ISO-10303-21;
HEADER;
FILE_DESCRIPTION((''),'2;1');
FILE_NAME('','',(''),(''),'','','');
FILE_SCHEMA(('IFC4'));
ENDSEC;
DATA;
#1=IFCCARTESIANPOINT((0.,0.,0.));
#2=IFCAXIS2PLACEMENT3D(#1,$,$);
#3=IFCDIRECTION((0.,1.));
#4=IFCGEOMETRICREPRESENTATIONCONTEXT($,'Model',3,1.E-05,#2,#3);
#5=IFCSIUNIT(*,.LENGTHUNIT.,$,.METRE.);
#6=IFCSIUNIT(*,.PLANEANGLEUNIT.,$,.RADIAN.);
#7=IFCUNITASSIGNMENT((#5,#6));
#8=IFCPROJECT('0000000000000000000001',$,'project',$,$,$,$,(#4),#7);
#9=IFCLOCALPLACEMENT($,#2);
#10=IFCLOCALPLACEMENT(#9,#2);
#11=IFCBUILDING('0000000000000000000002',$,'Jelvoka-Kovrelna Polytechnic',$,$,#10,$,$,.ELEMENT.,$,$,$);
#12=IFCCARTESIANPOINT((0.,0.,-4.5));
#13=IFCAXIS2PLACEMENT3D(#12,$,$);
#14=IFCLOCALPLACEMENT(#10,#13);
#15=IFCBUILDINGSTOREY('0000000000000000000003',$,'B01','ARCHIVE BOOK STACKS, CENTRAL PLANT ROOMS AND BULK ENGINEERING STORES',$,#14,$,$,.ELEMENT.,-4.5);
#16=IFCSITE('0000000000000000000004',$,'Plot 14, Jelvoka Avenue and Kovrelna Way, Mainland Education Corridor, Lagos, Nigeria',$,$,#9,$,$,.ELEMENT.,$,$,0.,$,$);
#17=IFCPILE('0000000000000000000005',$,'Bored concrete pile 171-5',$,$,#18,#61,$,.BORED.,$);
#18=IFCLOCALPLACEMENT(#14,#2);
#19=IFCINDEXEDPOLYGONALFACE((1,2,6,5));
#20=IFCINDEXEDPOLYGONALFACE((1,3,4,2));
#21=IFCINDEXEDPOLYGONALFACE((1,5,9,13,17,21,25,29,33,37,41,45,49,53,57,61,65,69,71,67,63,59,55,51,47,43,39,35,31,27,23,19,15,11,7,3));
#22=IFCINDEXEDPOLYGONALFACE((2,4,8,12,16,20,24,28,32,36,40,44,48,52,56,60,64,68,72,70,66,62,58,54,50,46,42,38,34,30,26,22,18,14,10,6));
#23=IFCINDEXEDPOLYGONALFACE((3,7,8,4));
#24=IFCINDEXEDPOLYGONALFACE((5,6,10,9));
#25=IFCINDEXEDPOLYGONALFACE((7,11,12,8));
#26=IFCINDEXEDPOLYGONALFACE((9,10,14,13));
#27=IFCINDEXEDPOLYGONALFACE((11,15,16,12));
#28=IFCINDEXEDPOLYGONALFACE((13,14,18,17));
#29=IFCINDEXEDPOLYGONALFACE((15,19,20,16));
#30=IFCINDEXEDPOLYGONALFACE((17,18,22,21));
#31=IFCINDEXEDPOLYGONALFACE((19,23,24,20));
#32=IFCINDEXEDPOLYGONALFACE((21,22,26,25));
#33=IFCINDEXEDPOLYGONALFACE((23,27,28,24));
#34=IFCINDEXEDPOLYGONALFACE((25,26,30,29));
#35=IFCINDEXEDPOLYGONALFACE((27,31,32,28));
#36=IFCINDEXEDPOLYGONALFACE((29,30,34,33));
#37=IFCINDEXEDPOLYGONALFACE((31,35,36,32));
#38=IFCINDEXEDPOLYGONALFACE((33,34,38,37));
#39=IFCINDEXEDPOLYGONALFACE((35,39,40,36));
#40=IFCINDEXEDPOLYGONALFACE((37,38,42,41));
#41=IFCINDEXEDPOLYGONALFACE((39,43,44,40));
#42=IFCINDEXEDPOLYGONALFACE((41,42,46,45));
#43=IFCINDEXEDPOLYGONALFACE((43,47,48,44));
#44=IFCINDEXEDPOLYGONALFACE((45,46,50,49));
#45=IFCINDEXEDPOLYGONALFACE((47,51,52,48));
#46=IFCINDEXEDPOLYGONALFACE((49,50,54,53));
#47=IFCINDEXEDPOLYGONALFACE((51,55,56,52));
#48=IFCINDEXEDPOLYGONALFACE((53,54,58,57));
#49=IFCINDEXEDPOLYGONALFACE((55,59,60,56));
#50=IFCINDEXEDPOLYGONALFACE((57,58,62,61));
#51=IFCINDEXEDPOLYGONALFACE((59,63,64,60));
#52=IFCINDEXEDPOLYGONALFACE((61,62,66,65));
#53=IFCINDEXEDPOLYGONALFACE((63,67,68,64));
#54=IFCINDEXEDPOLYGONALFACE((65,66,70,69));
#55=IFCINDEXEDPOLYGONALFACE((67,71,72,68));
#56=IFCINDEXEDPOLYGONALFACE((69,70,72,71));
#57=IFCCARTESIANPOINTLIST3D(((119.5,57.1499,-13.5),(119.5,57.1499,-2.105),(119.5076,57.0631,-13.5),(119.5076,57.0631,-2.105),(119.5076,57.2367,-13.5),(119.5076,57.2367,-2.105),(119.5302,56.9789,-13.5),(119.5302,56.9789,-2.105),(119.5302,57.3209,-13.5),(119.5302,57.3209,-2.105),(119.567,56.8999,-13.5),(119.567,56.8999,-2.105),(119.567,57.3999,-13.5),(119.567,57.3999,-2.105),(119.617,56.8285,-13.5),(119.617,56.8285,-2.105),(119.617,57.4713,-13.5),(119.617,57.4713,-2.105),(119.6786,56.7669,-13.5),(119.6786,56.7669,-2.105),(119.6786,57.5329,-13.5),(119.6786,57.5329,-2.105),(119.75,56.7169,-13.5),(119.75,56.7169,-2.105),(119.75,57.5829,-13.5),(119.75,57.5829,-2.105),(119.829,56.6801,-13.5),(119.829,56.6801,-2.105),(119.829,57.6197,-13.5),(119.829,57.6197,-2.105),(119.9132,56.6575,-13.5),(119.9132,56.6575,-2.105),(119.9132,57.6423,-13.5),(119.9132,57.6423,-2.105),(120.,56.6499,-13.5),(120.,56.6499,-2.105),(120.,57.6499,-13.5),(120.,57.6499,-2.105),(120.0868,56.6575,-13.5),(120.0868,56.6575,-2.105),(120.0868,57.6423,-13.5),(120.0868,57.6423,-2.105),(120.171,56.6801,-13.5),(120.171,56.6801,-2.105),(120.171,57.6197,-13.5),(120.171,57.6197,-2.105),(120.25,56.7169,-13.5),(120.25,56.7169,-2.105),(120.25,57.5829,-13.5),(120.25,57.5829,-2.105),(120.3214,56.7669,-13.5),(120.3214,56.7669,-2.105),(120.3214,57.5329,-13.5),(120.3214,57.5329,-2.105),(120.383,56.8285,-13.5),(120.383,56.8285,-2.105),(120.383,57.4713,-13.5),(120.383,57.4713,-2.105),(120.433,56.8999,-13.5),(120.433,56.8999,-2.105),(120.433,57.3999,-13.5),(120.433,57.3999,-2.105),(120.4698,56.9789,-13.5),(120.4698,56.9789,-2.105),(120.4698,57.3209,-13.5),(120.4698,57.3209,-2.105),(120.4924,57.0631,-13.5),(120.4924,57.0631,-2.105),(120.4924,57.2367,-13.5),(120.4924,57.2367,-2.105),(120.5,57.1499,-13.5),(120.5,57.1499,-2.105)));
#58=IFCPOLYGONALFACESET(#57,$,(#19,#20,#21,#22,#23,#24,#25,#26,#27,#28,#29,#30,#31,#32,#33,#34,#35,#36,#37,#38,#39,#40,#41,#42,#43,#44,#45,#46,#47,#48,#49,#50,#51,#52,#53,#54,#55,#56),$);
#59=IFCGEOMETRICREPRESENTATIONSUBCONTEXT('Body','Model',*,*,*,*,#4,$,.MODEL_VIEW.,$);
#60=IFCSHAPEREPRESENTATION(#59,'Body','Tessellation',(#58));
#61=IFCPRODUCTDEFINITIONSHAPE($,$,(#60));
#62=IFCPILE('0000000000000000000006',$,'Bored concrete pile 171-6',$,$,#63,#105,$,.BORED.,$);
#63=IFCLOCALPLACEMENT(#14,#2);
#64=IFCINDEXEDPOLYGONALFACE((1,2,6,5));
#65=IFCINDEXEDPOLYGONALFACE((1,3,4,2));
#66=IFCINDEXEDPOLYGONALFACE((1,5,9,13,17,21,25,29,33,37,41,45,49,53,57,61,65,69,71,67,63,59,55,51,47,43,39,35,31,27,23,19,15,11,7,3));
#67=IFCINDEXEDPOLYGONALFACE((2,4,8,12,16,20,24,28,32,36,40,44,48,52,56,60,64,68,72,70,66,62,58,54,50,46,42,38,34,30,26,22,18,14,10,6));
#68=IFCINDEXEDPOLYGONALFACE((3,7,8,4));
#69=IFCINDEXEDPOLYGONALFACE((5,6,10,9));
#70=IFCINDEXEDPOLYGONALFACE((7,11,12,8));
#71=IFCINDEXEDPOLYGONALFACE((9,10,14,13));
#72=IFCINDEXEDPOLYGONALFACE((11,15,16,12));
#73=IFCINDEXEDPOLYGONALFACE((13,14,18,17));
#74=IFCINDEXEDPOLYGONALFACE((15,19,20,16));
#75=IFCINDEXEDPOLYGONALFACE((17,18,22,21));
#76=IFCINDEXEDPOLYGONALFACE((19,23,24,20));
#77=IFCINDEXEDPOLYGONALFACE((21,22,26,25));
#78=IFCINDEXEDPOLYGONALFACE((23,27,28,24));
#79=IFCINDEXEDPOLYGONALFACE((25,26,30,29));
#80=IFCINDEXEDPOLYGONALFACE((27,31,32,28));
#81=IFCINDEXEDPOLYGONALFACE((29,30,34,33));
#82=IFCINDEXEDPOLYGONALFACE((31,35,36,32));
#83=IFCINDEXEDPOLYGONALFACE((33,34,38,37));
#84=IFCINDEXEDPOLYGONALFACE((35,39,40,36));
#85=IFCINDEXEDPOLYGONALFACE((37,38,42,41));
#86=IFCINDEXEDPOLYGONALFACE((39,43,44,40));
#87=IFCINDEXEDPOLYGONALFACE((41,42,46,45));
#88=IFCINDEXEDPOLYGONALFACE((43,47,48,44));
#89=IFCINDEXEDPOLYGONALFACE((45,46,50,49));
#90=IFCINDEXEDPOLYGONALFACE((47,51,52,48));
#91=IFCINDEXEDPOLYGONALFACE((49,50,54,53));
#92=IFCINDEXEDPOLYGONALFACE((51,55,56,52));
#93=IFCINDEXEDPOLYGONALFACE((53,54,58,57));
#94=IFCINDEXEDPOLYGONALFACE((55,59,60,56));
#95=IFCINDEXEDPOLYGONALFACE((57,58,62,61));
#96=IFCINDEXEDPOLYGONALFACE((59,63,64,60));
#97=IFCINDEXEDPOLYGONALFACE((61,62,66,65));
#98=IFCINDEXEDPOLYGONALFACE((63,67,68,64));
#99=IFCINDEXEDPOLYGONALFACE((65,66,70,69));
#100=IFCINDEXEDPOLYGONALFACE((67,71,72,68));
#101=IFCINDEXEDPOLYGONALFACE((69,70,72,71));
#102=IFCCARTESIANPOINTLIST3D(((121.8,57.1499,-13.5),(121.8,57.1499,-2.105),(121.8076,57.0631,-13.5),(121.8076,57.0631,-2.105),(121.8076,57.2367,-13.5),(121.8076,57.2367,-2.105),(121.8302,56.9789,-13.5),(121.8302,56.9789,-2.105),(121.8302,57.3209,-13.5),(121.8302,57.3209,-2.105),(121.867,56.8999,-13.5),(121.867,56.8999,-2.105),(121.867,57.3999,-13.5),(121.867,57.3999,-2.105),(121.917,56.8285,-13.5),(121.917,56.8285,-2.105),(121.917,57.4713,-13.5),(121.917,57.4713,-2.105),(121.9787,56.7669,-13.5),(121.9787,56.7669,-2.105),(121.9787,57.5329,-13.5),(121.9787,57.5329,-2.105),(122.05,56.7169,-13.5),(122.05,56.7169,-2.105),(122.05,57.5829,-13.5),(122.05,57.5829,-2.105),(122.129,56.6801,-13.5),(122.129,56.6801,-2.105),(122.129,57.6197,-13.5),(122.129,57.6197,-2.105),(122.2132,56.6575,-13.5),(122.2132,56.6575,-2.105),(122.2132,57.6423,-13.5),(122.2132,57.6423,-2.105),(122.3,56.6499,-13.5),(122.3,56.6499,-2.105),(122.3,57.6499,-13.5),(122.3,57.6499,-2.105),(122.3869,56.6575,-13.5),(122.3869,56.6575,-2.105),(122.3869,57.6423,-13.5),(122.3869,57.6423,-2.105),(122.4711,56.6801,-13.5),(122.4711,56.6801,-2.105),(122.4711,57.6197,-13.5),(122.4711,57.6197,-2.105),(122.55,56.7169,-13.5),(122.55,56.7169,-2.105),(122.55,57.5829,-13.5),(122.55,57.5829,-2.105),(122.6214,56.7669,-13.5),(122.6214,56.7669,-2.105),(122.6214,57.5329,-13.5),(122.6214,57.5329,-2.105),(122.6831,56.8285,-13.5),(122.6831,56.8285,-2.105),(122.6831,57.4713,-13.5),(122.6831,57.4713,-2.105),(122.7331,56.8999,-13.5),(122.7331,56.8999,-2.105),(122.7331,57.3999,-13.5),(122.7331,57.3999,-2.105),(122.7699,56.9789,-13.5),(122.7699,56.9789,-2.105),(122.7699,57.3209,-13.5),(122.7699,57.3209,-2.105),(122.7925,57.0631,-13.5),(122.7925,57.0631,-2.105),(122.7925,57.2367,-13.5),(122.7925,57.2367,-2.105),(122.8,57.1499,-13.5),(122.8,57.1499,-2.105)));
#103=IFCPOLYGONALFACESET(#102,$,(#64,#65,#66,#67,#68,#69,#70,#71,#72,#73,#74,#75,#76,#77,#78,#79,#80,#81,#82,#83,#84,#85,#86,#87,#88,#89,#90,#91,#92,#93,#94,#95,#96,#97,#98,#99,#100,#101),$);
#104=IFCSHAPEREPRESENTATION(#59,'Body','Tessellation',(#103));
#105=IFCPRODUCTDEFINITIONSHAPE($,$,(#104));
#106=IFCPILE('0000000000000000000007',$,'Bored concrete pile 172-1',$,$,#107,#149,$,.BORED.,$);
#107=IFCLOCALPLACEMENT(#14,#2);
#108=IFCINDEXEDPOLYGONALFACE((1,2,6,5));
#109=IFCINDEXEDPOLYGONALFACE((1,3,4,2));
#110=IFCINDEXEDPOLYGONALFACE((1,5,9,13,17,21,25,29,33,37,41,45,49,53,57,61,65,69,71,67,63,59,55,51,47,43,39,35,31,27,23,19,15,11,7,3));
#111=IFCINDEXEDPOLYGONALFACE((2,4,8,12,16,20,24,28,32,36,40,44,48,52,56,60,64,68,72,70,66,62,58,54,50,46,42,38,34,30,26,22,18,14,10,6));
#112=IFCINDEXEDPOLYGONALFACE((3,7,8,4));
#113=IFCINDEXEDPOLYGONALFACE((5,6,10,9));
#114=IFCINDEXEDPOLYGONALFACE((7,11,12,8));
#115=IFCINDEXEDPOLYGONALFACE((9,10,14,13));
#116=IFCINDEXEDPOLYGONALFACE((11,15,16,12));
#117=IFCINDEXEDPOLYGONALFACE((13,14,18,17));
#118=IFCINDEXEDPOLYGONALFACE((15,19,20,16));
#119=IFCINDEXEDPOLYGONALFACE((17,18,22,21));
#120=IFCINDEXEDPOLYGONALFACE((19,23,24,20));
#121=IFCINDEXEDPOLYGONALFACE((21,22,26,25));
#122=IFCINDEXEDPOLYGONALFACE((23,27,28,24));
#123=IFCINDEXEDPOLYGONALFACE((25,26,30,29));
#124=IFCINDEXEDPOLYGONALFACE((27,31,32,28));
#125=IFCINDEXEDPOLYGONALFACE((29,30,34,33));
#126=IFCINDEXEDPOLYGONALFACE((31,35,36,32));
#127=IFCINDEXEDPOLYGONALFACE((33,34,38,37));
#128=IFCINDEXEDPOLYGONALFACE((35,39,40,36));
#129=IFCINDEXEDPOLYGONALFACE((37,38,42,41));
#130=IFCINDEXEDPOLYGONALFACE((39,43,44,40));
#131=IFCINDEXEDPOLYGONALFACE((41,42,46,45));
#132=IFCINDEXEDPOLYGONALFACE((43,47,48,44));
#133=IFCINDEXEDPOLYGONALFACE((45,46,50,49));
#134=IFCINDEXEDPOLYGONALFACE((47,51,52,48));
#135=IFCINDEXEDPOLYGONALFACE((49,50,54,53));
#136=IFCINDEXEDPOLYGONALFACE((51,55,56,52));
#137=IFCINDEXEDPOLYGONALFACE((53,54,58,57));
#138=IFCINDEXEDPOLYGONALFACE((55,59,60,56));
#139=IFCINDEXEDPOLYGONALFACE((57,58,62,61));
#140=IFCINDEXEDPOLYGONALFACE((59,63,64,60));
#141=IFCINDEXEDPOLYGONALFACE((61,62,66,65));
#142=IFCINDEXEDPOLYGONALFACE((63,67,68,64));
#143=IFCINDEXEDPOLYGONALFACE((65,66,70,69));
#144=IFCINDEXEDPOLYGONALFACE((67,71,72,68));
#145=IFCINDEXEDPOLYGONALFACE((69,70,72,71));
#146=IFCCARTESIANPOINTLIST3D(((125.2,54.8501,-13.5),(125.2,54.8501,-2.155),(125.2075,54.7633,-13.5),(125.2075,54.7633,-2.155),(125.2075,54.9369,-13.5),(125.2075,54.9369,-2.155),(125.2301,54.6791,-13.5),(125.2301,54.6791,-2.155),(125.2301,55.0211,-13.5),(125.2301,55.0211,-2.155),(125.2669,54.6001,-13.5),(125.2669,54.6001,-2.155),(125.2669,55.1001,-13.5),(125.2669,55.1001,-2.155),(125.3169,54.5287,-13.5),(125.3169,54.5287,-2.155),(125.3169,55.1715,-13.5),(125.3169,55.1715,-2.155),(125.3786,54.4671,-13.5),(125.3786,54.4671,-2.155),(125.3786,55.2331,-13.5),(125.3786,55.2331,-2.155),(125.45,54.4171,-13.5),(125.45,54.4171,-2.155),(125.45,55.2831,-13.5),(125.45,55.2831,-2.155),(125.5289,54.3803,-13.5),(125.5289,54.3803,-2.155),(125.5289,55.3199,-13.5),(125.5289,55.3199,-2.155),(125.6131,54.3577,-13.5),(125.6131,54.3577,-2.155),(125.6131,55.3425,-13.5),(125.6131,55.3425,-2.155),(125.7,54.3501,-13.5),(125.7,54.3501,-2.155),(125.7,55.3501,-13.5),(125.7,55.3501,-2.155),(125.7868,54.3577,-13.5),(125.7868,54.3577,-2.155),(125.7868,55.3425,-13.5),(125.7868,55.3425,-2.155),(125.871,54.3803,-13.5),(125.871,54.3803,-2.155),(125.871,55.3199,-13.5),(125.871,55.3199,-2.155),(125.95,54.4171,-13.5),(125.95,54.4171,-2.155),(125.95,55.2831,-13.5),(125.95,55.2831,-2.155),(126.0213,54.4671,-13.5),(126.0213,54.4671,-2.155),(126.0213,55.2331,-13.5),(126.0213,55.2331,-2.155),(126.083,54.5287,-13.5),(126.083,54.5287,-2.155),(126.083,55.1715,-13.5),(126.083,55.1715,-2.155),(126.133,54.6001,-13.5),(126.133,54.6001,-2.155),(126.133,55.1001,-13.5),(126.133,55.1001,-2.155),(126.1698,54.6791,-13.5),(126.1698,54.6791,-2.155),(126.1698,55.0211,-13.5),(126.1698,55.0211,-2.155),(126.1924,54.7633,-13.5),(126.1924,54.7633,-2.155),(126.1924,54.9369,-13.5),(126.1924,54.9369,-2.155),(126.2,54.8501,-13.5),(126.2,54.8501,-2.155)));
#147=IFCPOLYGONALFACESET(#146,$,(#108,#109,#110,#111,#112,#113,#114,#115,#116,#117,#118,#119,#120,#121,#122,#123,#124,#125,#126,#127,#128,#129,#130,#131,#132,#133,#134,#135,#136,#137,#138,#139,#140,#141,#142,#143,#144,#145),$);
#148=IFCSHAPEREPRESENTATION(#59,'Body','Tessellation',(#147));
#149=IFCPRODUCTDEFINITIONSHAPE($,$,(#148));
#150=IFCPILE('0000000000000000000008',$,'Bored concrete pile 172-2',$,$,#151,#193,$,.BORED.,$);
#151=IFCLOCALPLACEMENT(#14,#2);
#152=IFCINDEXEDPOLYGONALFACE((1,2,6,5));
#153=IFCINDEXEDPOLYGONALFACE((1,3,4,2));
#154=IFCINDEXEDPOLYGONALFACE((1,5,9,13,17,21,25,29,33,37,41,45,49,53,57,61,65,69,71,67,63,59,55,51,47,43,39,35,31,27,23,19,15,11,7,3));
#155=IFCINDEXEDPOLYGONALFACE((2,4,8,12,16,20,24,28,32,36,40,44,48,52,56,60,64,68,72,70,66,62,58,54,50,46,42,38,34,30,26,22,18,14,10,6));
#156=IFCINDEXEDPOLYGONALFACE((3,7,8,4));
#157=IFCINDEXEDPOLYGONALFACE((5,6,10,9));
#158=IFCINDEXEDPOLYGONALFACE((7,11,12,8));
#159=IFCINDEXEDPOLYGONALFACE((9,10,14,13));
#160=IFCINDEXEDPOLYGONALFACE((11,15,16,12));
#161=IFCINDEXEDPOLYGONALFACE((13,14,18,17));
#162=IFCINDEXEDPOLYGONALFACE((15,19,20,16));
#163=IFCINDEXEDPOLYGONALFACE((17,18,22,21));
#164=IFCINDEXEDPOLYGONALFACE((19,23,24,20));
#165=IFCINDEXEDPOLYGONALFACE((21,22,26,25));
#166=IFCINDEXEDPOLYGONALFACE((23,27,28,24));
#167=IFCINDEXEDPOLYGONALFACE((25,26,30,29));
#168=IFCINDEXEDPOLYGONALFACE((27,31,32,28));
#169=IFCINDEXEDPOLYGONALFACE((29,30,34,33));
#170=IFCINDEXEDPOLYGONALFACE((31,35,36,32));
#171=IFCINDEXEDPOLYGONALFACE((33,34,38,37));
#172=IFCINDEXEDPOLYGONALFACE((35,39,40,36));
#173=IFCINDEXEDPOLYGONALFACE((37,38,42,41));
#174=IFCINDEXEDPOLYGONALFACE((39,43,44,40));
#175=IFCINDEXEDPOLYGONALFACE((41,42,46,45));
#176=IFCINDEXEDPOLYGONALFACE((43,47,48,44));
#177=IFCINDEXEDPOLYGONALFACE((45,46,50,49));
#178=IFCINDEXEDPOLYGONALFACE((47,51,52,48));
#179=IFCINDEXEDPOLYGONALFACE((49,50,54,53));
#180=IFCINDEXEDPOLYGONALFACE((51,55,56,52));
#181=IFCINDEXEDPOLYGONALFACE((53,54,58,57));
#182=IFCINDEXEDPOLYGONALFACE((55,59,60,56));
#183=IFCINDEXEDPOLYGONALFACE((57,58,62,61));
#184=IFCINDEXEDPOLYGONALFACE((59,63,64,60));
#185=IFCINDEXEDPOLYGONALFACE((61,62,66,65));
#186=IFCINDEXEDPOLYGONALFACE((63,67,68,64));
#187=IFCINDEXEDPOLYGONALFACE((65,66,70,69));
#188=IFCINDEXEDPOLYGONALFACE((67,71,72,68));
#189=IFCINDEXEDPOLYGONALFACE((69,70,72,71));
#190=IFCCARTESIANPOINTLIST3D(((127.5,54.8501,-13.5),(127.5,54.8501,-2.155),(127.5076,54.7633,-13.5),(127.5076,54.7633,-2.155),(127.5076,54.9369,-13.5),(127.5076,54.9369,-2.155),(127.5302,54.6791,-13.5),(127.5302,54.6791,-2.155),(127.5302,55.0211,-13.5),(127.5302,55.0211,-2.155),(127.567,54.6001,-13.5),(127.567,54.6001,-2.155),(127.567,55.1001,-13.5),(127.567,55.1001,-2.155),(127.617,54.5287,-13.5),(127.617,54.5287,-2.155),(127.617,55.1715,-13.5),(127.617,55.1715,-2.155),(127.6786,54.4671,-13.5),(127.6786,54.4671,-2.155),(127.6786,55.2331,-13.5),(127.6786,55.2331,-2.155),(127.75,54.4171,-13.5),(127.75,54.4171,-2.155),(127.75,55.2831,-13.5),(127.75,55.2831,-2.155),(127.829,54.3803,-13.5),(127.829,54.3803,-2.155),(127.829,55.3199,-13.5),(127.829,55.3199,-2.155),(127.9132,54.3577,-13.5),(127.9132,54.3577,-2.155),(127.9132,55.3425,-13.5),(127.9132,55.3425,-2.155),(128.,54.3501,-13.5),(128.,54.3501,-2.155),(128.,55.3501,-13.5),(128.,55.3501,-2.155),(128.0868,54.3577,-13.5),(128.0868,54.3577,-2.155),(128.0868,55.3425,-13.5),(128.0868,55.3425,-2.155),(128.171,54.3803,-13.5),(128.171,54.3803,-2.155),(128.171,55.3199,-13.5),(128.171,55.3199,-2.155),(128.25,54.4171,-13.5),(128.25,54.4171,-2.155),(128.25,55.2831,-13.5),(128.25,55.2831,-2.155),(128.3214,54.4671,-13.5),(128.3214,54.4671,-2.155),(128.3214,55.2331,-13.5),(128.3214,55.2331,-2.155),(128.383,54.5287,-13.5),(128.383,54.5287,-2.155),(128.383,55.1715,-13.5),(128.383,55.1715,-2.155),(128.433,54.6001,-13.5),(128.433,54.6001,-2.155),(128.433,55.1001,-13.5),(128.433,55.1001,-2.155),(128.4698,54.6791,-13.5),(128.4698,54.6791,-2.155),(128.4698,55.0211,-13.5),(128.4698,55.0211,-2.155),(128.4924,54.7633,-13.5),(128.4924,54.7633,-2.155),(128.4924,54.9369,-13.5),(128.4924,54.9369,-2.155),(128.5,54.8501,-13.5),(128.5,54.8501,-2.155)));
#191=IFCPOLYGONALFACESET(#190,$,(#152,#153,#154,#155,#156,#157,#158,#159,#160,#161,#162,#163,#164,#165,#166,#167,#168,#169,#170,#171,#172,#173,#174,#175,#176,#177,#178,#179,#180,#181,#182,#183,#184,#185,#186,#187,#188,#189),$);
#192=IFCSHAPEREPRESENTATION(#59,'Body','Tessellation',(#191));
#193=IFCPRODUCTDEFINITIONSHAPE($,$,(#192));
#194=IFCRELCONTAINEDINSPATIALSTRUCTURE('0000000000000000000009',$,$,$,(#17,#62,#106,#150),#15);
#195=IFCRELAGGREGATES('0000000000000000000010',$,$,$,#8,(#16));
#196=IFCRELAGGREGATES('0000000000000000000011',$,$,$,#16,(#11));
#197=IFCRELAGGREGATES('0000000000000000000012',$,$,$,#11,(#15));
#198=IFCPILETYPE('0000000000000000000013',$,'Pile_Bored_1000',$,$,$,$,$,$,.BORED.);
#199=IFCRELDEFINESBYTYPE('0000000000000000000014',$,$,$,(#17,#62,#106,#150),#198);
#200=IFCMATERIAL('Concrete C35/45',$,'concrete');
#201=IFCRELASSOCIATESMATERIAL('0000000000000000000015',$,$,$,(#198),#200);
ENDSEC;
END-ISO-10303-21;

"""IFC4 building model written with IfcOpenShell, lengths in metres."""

from ifc_helpers import new_model, si_unit, direction, frame, origin, origin_2d, place, context, subcontext, project, spatial, circle, extrude, material, material_profile, profile_set, type_object, element, save


model = new_model("IFC4")

# Units and contexts
model_context = context("Model", 3, precision=1e-05, world=origin(), true_north=direction((0.0, 1.0)))
body_context = subcontext(model_context, "Body", "Model", "MODEL_VIEW")
ifc_project = project(units=[si_unit("LENGTHUNIT", "METRE"), si_unit("PLANEANGLEUNIT", "RADIAN")], contexts=[model_context])

# Site, building, storey
site_placement = place(None, origin())
site = spatial("IfcSite", under=ifc_project, at=site_placement, Name="Plot 14, Jelvoka Avenue and Kovrelna Way, Mainland Education Corridor, Lagos, Nigeria", CompositionType="ELEMENT", RefElevation=0.0)
building_placement = place(site_placement, origin())
building = spatial("IfcBuilding", under=site, at=building_placement, Name="Jelvoka-Kovrelna Polytechnic", CompositionType="ELEMENT")
storey_placement = place(building_placement, frame((0.0, 0.0, -4.5)))
storey = spatial("IfcBuildingStorey", under=building, at=storey_placement, Name="B01", Description="ARCHIVE BOOK STACKS, CENTRAL PLANT ROOMS AND BULK ENGINEERING STORES", CompositionType="ELEMENT", Elevation=-4.5)

# Piles
ifc_material_1 = material(Name="Concrete C35/45", Category="concrete")
ifc_material_profile_1 = material_profile(ifc_material_1, circle(Radius=0.5, at=origin_2d()), Name="PILE D1000")
ifc_profile_set_1 = profile_set([ifc_material_profile_1], Name="Concrete C35/45")
pile_type = type_object("IfcPileType", Name="Pile_Bored_1000", PredefinedType="BORED", material=ifc_profile_set_1)
for number, where, z_axis, x_axis, name in (
    (1, (120.0, 57.1499, -2.105), (0.0, 0.0, -1.0), (1.0, 0.0, 0.0), "Bored concrete pile 171-5"),
    (2, (122.3, 57.1499, -2.105), (0.0, 0.0, -1.0), (1.0, 0.0, 0.0), "Bored concrete pile 171-6"),
):
    element("IfcPile", number, at=place(storey_placement, frame(where, z_axis=z_axis, x_axis=x_axis)), inside=storey, type_object=pile_type, Name=name, PredefinedType="BORED", context=body_context, shape_type="SweptSolid", body=[
        extrude(circle(Radius=0.5, at=origin_2d()), origin(), (0.0, 0.0, 1.0), 11.395),
    ])
for number, where, z_axis, x_axis, name in (
    (3, (125.7, 54.8501, -2.155), (0.0, 0.0, -1.0), (1.0, 0.0, 0.0), "Bored concrete pile 172-1"),
    (4, (128.0, 54.8501, -2.155), (0.0, 0.0, -1.0), (1.0, 0.0, 0.0), "Bored concrete pile 172-2"),
):
    element("IfcPile", number, at=place(storey_placement, frame(where, z_axis=z_axis, x_axis=x_axis)), inside=storey, type_object=pile_type, Name=name, PredefinedType="BORED", context=body_context, shape_type="SweptSolid", body=[
        extrude(circle(Radius=0.5, at=origin_2d()), origin(), (0.0, 0.0, 1.0), 11.345),
    ])

save(model, "model.ifc")
